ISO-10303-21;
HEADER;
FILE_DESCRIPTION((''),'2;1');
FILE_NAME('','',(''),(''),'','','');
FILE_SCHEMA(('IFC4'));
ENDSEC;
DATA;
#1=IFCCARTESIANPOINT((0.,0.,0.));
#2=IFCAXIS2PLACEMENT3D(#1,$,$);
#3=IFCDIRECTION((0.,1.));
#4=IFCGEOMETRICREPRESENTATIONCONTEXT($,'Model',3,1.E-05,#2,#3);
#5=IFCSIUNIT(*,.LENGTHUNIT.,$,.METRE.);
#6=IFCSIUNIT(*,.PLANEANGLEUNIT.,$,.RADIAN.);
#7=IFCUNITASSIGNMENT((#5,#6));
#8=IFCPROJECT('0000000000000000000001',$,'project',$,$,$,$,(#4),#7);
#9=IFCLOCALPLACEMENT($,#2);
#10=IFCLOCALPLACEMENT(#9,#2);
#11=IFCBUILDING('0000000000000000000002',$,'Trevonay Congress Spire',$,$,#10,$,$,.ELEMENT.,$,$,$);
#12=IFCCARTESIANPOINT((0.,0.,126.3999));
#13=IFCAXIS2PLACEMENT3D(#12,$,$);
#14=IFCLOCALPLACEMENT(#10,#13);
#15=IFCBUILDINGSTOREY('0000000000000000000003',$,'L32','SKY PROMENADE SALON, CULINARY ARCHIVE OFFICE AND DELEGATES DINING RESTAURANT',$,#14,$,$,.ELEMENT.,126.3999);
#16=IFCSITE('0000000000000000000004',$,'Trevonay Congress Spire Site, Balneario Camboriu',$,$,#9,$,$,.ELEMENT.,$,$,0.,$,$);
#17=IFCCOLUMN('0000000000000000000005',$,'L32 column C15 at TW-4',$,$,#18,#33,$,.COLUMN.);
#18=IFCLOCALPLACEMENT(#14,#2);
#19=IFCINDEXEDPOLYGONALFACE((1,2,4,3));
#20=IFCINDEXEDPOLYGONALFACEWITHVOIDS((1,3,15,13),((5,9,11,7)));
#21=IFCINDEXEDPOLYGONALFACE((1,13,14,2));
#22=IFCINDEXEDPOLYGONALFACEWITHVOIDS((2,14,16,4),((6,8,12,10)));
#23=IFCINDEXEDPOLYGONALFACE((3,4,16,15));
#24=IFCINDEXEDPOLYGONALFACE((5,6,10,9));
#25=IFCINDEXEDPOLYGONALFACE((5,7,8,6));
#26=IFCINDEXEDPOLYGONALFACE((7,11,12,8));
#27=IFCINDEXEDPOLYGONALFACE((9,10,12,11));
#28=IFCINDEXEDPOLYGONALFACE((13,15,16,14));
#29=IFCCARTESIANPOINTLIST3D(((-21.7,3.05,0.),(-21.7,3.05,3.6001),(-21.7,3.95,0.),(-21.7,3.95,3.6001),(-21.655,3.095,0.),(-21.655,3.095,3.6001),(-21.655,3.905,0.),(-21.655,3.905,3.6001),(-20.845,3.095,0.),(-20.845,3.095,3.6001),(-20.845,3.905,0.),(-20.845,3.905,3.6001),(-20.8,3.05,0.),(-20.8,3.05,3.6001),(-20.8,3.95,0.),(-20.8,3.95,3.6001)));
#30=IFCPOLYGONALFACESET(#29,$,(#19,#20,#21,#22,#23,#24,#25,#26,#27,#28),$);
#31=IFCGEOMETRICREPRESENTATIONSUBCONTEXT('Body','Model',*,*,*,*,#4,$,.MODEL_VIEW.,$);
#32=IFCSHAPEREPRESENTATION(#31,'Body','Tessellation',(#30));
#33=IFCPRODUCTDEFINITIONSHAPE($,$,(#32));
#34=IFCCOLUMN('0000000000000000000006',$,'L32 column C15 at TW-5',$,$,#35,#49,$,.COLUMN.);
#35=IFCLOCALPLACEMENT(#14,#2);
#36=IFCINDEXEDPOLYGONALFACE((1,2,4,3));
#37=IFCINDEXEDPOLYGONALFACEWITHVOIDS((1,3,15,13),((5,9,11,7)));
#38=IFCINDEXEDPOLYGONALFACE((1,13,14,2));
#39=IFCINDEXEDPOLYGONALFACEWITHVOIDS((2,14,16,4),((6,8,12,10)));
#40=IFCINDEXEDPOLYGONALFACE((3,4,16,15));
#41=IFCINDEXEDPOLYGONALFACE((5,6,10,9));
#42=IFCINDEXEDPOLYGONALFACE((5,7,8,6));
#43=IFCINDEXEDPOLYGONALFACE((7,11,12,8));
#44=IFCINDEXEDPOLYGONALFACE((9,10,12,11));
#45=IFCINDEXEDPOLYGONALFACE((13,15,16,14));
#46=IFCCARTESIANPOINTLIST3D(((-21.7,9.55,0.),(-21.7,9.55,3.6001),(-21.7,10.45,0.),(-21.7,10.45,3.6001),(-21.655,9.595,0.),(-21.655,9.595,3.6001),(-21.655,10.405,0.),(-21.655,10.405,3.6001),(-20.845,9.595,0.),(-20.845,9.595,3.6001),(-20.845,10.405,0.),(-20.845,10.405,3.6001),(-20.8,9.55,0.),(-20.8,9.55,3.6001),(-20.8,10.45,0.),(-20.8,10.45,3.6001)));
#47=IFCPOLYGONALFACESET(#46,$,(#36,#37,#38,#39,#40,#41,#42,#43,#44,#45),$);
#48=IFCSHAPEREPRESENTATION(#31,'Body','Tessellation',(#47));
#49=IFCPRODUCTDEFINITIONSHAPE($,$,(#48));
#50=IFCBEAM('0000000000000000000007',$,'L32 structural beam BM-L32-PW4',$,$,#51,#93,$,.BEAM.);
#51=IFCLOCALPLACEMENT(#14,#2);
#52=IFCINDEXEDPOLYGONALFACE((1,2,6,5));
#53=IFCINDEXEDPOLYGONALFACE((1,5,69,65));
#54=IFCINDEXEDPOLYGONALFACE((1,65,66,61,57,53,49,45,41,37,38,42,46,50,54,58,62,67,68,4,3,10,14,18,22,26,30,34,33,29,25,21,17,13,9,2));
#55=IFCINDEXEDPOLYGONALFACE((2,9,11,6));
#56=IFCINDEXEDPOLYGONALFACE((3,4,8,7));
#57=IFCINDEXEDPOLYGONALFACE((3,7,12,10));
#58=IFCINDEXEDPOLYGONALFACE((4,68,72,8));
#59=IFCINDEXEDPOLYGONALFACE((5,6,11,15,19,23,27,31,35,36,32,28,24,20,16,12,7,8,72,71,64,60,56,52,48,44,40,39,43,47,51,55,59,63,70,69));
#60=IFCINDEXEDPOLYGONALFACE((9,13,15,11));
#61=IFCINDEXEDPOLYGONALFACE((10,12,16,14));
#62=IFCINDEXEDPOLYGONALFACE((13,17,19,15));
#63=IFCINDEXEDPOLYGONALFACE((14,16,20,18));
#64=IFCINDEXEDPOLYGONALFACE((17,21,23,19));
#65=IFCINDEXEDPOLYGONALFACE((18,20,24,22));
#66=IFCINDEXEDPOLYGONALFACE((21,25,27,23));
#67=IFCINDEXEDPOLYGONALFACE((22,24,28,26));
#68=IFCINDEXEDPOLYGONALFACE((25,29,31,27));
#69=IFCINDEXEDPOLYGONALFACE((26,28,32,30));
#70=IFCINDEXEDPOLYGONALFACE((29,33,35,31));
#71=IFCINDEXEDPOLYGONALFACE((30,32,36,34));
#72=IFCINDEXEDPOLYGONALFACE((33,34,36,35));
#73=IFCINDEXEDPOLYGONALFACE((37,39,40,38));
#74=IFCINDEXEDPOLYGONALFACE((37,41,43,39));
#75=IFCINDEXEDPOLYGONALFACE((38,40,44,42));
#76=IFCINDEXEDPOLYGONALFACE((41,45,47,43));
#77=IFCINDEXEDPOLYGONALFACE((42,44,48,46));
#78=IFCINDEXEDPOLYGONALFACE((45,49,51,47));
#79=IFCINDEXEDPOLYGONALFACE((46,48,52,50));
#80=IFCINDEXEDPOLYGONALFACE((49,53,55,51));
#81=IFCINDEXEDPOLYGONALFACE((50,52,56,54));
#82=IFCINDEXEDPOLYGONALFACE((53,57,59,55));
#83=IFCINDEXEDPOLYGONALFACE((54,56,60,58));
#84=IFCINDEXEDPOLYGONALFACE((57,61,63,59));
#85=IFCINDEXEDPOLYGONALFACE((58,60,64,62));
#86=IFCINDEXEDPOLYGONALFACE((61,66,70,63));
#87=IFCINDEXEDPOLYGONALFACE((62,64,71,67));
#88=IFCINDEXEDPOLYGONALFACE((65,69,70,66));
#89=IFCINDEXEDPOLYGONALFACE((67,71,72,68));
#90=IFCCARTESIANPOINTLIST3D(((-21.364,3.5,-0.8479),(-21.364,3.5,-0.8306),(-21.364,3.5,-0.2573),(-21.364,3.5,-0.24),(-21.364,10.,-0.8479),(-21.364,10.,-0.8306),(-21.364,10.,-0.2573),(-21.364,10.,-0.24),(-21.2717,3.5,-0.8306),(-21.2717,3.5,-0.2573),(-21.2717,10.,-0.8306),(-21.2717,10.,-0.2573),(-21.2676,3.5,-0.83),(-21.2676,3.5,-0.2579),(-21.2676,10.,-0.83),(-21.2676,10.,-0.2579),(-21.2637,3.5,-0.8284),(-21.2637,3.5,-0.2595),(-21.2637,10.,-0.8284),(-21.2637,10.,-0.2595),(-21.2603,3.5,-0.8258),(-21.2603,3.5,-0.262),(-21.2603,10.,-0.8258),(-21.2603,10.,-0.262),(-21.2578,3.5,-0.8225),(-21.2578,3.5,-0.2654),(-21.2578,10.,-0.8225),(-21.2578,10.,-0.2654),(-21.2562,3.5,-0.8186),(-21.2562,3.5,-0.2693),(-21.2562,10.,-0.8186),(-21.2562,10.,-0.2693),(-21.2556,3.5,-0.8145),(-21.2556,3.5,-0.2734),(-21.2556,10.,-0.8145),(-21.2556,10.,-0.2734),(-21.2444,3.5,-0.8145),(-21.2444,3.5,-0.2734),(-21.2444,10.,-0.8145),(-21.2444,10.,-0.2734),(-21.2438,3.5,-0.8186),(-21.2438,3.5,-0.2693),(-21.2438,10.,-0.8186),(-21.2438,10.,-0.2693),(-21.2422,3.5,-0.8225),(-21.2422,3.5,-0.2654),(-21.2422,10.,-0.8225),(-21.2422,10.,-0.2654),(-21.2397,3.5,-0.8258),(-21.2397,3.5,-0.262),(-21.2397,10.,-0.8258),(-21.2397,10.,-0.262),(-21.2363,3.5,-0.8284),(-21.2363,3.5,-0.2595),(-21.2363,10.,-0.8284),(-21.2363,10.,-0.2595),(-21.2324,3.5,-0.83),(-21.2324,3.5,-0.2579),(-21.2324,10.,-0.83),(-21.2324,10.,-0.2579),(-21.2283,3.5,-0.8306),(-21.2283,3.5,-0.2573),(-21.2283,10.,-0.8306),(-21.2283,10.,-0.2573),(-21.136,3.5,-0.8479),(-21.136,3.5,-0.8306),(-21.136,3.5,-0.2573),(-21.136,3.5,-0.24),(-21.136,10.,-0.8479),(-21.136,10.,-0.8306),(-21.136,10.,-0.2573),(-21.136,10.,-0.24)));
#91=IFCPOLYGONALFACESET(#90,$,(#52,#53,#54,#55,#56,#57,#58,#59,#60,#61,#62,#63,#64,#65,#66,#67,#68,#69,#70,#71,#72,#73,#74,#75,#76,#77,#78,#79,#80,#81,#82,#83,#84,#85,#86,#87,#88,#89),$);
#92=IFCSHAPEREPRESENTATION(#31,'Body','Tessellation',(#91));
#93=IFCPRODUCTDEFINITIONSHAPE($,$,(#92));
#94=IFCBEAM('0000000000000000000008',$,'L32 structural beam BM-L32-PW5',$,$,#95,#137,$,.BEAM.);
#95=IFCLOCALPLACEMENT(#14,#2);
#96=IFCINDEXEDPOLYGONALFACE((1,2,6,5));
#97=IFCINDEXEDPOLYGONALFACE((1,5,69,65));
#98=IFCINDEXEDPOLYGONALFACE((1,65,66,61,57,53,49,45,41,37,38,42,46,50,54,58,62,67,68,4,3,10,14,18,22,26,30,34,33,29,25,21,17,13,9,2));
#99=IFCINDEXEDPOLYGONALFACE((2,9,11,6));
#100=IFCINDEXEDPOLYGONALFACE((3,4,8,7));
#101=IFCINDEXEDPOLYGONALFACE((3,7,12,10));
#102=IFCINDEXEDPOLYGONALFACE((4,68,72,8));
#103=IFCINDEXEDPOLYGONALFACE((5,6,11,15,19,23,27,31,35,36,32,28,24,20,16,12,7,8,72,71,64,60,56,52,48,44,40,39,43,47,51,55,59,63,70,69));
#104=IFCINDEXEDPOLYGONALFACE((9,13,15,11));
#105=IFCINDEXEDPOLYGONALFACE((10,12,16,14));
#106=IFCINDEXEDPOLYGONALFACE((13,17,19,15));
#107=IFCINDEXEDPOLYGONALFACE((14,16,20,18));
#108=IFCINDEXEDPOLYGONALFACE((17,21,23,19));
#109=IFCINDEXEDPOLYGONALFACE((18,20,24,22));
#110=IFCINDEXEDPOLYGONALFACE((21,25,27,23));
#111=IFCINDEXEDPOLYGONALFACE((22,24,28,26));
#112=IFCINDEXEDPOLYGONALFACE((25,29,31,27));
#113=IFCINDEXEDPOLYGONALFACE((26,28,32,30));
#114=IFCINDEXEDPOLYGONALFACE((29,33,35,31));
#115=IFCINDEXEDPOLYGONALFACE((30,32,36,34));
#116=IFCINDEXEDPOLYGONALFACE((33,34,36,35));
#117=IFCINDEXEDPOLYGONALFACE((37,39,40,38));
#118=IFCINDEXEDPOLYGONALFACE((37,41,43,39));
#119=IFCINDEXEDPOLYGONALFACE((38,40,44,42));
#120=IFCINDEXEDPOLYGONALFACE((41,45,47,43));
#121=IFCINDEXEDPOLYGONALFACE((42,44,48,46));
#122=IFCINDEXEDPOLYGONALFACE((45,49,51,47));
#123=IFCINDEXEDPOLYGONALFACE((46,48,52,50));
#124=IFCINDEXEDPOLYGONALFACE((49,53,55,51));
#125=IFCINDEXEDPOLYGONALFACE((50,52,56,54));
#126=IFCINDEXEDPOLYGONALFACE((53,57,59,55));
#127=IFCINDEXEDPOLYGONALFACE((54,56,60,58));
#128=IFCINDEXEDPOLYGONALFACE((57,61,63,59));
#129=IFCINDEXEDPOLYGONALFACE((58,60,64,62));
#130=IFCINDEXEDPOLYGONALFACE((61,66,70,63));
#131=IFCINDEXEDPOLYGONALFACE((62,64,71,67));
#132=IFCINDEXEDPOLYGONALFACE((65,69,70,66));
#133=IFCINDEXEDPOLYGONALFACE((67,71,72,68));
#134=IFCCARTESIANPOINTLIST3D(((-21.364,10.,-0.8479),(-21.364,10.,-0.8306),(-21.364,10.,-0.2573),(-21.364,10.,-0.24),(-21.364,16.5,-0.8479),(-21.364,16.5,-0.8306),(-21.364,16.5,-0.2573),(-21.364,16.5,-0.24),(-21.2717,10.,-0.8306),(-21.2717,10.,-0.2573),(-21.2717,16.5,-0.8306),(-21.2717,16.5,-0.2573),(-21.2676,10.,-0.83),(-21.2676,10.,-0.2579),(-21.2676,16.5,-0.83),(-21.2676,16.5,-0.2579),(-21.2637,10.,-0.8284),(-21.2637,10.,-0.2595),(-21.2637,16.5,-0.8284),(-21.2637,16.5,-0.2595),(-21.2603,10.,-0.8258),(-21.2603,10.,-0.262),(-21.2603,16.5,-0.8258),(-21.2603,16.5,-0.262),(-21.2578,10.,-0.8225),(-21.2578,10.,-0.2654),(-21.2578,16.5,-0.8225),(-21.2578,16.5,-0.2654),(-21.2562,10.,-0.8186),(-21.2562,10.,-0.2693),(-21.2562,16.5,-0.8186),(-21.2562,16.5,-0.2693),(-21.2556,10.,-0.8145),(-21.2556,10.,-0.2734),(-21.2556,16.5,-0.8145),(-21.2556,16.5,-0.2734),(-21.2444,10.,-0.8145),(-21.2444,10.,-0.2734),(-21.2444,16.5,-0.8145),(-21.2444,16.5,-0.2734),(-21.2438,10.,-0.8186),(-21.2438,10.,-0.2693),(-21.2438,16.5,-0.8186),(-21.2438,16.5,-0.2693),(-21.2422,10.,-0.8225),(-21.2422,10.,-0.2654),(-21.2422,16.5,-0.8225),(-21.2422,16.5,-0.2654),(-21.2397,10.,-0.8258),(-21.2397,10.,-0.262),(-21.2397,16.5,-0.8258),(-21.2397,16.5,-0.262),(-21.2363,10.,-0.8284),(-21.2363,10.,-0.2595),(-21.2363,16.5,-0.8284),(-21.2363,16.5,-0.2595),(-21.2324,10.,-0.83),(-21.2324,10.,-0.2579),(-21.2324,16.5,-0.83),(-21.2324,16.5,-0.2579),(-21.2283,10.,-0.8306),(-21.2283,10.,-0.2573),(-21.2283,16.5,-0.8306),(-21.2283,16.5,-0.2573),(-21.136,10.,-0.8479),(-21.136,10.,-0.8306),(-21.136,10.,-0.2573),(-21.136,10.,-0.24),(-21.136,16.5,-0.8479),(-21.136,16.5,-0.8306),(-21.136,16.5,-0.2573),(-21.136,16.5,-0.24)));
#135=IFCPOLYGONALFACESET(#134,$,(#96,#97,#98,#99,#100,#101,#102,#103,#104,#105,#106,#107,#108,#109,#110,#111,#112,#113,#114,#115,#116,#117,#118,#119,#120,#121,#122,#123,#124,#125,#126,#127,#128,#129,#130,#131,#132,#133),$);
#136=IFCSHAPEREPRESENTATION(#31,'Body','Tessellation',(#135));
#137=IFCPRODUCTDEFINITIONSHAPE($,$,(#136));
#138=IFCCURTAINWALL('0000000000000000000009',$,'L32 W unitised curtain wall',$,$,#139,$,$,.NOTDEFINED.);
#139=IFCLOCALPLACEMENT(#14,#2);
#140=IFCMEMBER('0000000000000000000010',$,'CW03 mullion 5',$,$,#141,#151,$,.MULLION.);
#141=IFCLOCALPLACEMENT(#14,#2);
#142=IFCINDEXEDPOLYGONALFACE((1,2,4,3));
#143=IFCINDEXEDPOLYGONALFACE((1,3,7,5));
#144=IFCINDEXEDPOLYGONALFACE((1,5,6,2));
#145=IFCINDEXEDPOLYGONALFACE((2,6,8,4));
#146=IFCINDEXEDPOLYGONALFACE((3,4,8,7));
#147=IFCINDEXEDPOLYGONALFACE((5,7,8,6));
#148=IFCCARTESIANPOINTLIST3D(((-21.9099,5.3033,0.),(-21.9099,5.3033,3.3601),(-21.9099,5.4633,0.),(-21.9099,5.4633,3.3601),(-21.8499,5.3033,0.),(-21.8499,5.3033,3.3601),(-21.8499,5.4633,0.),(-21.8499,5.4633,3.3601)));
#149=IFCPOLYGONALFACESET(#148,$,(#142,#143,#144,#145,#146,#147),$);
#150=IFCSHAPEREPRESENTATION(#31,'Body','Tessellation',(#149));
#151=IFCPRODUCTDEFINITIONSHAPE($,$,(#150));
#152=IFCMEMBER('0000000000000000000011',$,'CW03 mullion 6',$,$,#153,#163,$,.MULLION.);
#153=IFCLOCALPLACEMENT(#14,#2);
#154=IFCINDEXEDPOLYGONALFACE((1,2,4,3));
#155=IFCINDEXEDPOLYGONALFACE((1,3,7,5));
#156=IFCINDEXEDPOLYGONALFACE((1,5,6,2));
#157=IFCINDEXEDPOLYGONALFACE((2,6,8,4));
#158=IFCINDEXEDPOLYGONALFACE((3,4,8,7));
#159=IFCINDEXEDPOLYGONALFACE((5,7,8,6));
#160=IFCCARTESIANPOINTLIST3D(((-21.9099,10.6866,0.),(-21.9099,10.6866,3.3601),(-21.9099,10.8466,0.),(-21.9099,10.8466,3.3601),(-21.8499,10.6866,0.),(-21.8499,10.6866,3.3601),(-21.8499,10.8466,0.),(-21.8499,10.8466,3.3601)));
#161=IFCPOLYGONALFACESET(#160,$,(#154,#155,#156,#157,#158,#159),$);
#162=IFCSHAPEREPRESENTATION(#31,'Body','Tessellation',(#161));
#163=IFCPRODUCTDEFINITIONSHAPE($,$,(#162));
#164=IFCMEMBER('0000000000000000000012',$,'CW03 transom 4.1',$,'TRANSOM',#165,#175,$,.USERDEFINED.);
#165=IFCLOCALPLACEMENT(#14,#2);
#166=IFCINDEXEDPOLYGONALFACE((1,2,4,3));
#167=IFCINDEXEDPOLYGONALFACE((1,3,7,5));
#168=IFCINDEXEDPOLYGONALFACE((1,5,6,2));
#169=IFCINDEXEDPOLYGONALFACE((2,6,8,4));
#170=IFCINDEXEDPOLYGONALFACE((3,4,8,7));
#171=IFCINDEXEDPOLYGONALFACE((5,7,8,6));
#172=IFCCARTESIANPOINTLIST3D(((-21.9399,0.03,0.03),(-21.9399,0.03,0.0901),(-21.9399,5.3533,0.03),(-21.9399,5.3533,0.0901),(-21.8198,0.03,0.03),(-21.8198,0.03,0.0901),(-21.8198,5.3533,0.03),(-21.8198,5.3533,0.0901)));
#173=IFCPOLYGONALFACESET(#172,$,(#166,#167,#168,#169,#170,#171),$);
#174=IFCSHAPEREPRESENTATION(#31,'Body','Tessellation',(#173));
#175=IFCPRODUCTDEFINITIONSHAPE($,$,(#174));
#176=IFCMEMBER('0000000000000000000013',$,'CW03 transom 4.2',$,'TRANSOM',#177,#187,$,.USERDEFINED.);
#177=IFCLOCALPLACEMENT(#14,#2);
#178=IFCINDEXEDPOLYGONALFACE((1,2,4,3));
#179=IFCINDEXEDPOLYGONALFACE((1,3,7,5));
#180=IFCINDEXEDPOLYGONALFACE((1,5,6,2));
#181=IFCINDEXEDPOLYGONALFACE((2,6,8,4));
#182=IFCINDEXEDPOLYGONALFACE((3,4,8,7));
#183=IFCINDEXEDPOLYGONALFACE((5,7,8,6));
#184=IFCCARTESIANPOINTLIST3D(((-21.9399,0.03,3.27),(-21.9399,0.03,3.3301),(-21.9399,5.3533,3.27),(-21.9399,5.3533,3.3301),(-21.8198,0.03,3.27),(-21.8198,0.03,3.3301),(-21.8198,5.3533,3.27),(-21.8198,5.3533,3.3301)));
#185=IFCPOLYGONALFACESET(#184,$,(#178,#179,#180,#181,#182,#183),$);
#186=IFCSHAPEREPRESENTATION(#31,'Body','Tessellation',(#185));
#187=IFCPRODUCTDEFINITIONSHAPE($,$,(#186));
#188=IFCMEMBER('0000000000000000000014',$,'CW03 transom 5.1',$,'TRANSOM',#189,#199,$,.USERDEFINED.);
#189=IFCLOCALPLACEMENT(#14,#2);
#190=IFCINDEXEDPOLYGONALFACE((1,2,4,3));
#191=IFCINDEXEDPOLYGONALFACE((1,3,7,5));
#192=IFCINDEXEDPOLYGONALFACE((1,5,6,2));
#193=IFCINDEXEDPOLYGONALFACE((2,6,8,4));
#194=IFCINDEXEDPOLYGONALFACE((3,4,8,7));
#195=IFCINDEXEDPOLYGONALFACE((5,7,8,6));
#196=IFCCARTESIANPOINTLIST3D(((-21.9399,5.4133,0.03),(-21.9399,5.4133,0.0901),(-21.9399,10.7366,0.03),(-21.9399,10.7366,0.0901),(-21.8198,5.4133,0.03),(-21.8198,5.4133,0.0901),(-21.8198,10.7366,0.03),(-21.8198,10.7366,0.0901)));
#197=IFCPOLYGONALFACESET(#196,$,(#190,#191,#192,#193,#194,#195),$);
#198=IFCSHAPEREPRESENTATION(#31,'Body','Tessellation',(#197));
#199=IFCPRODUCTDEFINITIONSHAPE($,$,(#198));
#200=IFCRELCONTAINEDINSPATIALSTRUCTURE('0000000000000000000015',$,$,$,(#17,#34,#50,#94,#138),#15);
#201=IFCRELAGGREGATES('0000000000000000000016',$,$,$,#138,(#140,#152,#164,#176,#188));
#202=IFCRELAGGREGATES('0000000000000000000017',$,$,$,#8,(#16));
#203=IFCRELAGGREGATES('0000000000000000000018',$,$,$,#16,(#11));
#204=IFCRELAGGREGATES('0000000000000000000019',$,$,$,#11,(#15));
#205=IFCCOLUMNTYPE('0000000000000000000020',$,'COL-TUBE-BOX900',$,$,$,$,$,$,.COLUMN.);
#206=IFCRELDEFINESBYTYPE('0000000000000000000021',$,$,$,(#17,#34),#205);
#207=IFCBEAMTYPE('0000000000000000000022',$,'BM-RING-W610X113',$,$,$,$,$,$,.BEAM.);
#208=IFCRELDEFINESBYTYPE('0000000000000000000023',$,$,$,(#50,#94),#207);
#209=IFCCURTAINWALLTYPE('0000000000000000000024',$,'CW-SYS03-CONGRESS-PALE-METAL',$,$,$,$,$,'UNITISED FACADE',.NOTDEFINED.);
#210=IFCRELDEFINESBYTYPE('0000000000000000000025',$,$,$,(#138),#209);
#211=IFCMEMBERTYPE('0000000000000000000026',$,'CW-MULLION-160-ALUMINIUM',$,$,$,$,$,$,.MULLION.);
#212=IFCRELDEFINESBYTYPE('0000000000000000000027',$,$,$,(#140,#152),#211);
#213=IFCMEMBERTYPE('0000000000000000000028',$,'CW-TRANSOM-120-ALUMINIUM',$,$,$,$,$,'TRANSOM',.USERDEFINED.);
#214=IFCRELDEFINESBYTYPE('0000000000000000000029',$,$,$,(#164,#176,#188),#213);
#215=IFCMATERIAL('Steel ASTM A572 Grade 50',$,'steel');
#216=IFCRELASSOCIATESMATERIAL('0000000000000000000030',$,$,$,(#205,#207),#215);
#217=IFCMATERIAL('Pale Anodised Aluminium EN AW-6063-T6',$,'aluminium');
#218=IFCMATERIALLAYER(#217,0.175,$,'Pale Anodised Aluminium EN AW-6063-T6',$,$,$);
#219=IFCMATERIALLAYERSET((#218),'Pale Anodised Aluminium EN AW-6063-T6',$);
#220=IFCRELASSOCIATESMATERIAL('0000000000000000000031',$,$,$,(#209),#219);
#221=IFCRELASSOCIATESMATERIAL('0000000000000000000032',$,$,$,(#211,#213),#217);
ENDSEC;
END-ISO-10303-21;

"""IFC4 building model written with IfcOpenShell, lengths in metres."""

from ifc_helpers import new_model, si_unit, direction, frame, origin, origin_2d, place, context, subcontext, project, spatial, rectangle, hollow_rectangle, i_section, extrude, material, layer, layer_set, material_profile, profile_set, type_object, element, aggregate, save


model = new_model("IFC4")

# Units and contexts
model_context = context("Model", 3, precision=1e-05, world=origin(), true_north=direction((0.0, 1.0)))
body_context = subcontext(model_context, "Body", "Model", "MODEL_VIEW")
ifc_project = project(units=[si_unit("LENGTHUNIT", "METRE"), si_unit("PLANEANGLEUNIT", "RADIAN")], contexts=[model_context])

# Site, building, storey
site_placement = place(None, origin())
site = spatial("IfcSite", under=ifc_project, at=site_placement, Name="Trevonay Congress Spire Site, Balneario Camboriu", CompositionType="ELEMENT", RefElevation=0.0)
building_placement = place(site_placement, origin())
building = spatial("IfcBuilding", under=site, at=building_placement, Name="Trevonay Congress Spire", CompositionType="ELEMENT")
storey_placement = place(building_placement, frame((0.0, 0.0, 126.3999)))
storey = spatial("IfcBuildingStorey", under=building, at=storey_placement, Name="L32", Description="SKY PROMENADE SALON, CULINARY ARCHIVE OFFICE AND DELEGATES DINING RESTAURANT", CompositionType="ELEMENT", Elevation=126.3999)

# Columns
ifc_material_1 = material(Name="Steel ASTM A572 Grade 50", Category="steel")
ifc_material_profile_1 = material_profile(ifc_material_1, hollow_rectangle(XDim=0.8999, YDim=0.8999, WallThickness=0.0449, at=origin_2d()), Name="BOX 900x900x45")
ifc_profile_set_1 = profile_set([ifc_material_profile_1], Name="Steel ASTM A572 Grade 50")
column_type = type_object("IfcColumnType", Name="COL-TUBE-BOX900", PredefinedType="COLUMN", material=ifc_profile_set_1)
for number, where, z_axis, x_axis, name in (
    (1, (-21.25, 3.5, 0.0), (0.0, 0.0, 1.0), (1.0, 0.0, 0.0), "L32 column C15 at TW-4"),
    (2, (-21.25, 10.0, 0.0), (0.0, 0.0, 1.0), (1.0, 0.0, 0.0), "L32 column C15 at TW-5"),
):
    element("IfcColumn", number, at=place(storey_placement, frame(where, z_axis=z_axis, x_axis=x_axis)), inside=storey, type_object=column_type, Name=name, PredefinedType="COLUMN", context=body_context, shape_type="SweptSolid", body=[
        extrude(hollow_rectangle(XDim=0.8999, YDim=0.8999, WallThickness=0.0449, at=origin_2d()), origin(), (0.0, 0.0, 1.0), 3.6001),
    ])

# Beams
ifc_material_profile_2 = material_profile(ifc_material_1, i_section(OverallWidth=0.228, OverallDepth=0.6079, WebThickness=0.0112, FlangeThickness=0.0173, FilletRadius=0.0161, at=origin_2d()), Name="W610x113")
ifc_profile_set_2 = profile_set([ifc_material_profile_2], Name="Steel ASTM A572 Grade 50")
beam_type = type_object("IfcBeamType", Name="BM-RING-W610X113", PredefinedType="BEAM", material=ifc_profile_set_2)
for number, where, z_axis, x_axis, name in (
    (3, (-21.25, 3.5, -0.5439), (0.0, 1.0, 0.0), (-1.0, 0.0, 0.0), "L32 structural beam BM-L32-PW4"),
    (4, (-21.25, 10.0, -0.5439), (0.0, 1.0, 0.0), (-1.0, 0.0, 0.0), "L32 structural beam BM-L32-PW5"),
):
    element("IfcBeam", number, at=place(storey_placement, frame(where, z_axis=z_axis, x_axis=x_axis)), inside=storey, type_object=beam_type, Name=name, PredefinedType="BEAM", context=body_context, shape_type="SweptSolid", body=[
        extrude(i_section(OverallWidth=0.228, OverallDepth=0.6079, WebThickness=0.0112, FlangeThickness=0.0173, FilletRadius=0.0161, at=origin_2d()), origin(), (0.0, 0.0, 1.0), 6.5),
    ])

# Curtain wall, members
ifc_material_2 = material(Name="Pale Anodised Aluminium EN AW-6063-T6", Category="aluminium")
ifc_layer_1 = layer(ifc_material_2, 0.175, Name="Pale Anodised Aluminium EN AW-6063-T6")
ifc_layer_set_1 = layer_set([ifc_layer_1], Name="Pale Anodised Aluminium EN AW-6063-T6")
curtain_wall_type = type_object("IfcCurtainWallType", Name="CW-SYS03-CONGRESS-PALE-METAL", ElementType="UNITISED FACADE", PredefinedType="NOTDEFINED", material=ifc_layer_set_1)
curtain_wall_placement = place(storey_placement, origin())
curtain_wall = element("IfcCurtainWall", 5, at=curtain_wall_placement, inside=storey, type_object=curtain_wall_type, Name="L32 W unitised curtain wall", PredefinedType="NOTDEFINED")
ifc_material_profile_3 = material_profile(ifc_material_2, rectangle(XDim=0.0601, YDim=0.1599, at=origin_2d()), Name="CW-MULLION-160-ALUMINIUM")
ifc_profile_set_3 = profile_set([ifc_material_profile_3], Name="Pale Anodised Aluminium EN AW-6063-T6")
member_type_1 = type_object("IfcMemberType", Name="CW-MULLION-160-ALUMINIUM", PredefinedType="MULLION", material=ifc_profile_set_3)
member_1_placement = place(storey_placement, frame((-21.8799, 5.3833, 0.0), z_axis=(0.0, 0.0, 1.0), x_axis=(-1.0, 0.0, 0.0)))
member_1 = element("IfcMember", 6, at=member_1_placement, type_object=member_type_1, Name="CW03 mullion 5", PredefinedType="MULLION", context=body_context, shape_type="SweptSolid", body=[
    extrude(rectangle(XDim=0.0601, YDim=0.1599, at=origin_2d()), origin(), (0.0, 0.0, 1.0), 3.3601),
])
member_2_placement = place(storey_placement, frame((-21.8799, 10.7666, 0.0), z_axis=(0.0, 0.0, 1.0), x_axis=(-1.0, 0.0, 0.0)))
member_2 = element("IfcMember", 7, at=member_2_placement, type_object=member_type_1, Name="CW03 mullion 6", PredefinedType="MULLION", context=body_context, shape_type="SweptSolid", body=[
    extrude(rectangle(XDim=0.0601, YDim=0.1599, at=origin_2d()), origin(), (0.0, 0.0, 1.0), 3.3601),
])
ifc_material_profile_4 = material_profile(ifc_material_2, rectangle(XDim=0.1201, YDim=0.0601, at=origin_2d()), Name="CW-TRANSOM-120-ALUMINIUM")
ifc_profile_set_4 = profile_set([ifc_material_profile_4], Name="Pale Anodised Aluminium EN AW-6063-T6")
member_type_2 = type_object("IfcMemberType", Name="CW-TRANSOM-120-ALUMINIUM", ElementType="TRANSOM", PredefinedType="USERDEFINED", material=ifc_profile_set_4)
member_3_placement = place(storey_placement, frame((-21.8799, 0.03, 0.0601), z_axis=(0.0, 1.0, 0.0), x_axis=(-1.0, 0.0, 0.0)))
member_3 = element("IfcMember", 8, at=member_3_placement, type_object=member_type_2, Name="CW03 transom 4.1", ObjectType="TRANSOM", PredefinedType="USERDEFINED", context=body_context, shape_type="SweptSolid", body=[
    extrude(rectangle(XDim=0.1201, YDim=0.0601, at=origin_2d()), origin(), (0.0, 0.0, 1.0), 5.3232),
])
member_4_placement = place(storey_placement, frame((-21.8799, 0.03, 3.3), z_axis=(0.0, 1.0, 0.0), x_axis=(-1.0, 0.0, 0.0)))
member_4 = element("IfcMember", 9, at=member_4_placement, type_object=member_type_2, Name="CW03 transom 4.2", ObjectType="TRANSOM", PredefinedType="USERDEFINED", context=body_context, shape_type="SweptSolid", body=[
    extrude(rectangle(XDim=0.1201, YDim=0.0601, at=origin_2d()), origin(), (0.0, 0.0, 1.0), 5.3232),
])
member_5_placement = place(storey_placement, frame((-21.8799, 5.4133, 0.0601), z_axis=(0.0, 1.0, 0.0), x_axis=(-1.0, 0.0, 0.0)))
member_5 = element("IfcMember", 10, at=member_5_placement, type_object=member_type_2, Name="CW03 transom 5.1", ObjectType="TRANSOM", PredefinedType="USERDEFINED", context=body_context, shape_type="SweptSolid", body=[
    extrude(rectangle(XDim=0.1201, YDim=0.0601, at=origin_2d()), origin(), (0.0, 0.0, 1.0), 5.3232),
])
aggregate(curtain_wall, [member_1, member_2, member_3, member_4, member_5])

save(model, "model.ifc")
